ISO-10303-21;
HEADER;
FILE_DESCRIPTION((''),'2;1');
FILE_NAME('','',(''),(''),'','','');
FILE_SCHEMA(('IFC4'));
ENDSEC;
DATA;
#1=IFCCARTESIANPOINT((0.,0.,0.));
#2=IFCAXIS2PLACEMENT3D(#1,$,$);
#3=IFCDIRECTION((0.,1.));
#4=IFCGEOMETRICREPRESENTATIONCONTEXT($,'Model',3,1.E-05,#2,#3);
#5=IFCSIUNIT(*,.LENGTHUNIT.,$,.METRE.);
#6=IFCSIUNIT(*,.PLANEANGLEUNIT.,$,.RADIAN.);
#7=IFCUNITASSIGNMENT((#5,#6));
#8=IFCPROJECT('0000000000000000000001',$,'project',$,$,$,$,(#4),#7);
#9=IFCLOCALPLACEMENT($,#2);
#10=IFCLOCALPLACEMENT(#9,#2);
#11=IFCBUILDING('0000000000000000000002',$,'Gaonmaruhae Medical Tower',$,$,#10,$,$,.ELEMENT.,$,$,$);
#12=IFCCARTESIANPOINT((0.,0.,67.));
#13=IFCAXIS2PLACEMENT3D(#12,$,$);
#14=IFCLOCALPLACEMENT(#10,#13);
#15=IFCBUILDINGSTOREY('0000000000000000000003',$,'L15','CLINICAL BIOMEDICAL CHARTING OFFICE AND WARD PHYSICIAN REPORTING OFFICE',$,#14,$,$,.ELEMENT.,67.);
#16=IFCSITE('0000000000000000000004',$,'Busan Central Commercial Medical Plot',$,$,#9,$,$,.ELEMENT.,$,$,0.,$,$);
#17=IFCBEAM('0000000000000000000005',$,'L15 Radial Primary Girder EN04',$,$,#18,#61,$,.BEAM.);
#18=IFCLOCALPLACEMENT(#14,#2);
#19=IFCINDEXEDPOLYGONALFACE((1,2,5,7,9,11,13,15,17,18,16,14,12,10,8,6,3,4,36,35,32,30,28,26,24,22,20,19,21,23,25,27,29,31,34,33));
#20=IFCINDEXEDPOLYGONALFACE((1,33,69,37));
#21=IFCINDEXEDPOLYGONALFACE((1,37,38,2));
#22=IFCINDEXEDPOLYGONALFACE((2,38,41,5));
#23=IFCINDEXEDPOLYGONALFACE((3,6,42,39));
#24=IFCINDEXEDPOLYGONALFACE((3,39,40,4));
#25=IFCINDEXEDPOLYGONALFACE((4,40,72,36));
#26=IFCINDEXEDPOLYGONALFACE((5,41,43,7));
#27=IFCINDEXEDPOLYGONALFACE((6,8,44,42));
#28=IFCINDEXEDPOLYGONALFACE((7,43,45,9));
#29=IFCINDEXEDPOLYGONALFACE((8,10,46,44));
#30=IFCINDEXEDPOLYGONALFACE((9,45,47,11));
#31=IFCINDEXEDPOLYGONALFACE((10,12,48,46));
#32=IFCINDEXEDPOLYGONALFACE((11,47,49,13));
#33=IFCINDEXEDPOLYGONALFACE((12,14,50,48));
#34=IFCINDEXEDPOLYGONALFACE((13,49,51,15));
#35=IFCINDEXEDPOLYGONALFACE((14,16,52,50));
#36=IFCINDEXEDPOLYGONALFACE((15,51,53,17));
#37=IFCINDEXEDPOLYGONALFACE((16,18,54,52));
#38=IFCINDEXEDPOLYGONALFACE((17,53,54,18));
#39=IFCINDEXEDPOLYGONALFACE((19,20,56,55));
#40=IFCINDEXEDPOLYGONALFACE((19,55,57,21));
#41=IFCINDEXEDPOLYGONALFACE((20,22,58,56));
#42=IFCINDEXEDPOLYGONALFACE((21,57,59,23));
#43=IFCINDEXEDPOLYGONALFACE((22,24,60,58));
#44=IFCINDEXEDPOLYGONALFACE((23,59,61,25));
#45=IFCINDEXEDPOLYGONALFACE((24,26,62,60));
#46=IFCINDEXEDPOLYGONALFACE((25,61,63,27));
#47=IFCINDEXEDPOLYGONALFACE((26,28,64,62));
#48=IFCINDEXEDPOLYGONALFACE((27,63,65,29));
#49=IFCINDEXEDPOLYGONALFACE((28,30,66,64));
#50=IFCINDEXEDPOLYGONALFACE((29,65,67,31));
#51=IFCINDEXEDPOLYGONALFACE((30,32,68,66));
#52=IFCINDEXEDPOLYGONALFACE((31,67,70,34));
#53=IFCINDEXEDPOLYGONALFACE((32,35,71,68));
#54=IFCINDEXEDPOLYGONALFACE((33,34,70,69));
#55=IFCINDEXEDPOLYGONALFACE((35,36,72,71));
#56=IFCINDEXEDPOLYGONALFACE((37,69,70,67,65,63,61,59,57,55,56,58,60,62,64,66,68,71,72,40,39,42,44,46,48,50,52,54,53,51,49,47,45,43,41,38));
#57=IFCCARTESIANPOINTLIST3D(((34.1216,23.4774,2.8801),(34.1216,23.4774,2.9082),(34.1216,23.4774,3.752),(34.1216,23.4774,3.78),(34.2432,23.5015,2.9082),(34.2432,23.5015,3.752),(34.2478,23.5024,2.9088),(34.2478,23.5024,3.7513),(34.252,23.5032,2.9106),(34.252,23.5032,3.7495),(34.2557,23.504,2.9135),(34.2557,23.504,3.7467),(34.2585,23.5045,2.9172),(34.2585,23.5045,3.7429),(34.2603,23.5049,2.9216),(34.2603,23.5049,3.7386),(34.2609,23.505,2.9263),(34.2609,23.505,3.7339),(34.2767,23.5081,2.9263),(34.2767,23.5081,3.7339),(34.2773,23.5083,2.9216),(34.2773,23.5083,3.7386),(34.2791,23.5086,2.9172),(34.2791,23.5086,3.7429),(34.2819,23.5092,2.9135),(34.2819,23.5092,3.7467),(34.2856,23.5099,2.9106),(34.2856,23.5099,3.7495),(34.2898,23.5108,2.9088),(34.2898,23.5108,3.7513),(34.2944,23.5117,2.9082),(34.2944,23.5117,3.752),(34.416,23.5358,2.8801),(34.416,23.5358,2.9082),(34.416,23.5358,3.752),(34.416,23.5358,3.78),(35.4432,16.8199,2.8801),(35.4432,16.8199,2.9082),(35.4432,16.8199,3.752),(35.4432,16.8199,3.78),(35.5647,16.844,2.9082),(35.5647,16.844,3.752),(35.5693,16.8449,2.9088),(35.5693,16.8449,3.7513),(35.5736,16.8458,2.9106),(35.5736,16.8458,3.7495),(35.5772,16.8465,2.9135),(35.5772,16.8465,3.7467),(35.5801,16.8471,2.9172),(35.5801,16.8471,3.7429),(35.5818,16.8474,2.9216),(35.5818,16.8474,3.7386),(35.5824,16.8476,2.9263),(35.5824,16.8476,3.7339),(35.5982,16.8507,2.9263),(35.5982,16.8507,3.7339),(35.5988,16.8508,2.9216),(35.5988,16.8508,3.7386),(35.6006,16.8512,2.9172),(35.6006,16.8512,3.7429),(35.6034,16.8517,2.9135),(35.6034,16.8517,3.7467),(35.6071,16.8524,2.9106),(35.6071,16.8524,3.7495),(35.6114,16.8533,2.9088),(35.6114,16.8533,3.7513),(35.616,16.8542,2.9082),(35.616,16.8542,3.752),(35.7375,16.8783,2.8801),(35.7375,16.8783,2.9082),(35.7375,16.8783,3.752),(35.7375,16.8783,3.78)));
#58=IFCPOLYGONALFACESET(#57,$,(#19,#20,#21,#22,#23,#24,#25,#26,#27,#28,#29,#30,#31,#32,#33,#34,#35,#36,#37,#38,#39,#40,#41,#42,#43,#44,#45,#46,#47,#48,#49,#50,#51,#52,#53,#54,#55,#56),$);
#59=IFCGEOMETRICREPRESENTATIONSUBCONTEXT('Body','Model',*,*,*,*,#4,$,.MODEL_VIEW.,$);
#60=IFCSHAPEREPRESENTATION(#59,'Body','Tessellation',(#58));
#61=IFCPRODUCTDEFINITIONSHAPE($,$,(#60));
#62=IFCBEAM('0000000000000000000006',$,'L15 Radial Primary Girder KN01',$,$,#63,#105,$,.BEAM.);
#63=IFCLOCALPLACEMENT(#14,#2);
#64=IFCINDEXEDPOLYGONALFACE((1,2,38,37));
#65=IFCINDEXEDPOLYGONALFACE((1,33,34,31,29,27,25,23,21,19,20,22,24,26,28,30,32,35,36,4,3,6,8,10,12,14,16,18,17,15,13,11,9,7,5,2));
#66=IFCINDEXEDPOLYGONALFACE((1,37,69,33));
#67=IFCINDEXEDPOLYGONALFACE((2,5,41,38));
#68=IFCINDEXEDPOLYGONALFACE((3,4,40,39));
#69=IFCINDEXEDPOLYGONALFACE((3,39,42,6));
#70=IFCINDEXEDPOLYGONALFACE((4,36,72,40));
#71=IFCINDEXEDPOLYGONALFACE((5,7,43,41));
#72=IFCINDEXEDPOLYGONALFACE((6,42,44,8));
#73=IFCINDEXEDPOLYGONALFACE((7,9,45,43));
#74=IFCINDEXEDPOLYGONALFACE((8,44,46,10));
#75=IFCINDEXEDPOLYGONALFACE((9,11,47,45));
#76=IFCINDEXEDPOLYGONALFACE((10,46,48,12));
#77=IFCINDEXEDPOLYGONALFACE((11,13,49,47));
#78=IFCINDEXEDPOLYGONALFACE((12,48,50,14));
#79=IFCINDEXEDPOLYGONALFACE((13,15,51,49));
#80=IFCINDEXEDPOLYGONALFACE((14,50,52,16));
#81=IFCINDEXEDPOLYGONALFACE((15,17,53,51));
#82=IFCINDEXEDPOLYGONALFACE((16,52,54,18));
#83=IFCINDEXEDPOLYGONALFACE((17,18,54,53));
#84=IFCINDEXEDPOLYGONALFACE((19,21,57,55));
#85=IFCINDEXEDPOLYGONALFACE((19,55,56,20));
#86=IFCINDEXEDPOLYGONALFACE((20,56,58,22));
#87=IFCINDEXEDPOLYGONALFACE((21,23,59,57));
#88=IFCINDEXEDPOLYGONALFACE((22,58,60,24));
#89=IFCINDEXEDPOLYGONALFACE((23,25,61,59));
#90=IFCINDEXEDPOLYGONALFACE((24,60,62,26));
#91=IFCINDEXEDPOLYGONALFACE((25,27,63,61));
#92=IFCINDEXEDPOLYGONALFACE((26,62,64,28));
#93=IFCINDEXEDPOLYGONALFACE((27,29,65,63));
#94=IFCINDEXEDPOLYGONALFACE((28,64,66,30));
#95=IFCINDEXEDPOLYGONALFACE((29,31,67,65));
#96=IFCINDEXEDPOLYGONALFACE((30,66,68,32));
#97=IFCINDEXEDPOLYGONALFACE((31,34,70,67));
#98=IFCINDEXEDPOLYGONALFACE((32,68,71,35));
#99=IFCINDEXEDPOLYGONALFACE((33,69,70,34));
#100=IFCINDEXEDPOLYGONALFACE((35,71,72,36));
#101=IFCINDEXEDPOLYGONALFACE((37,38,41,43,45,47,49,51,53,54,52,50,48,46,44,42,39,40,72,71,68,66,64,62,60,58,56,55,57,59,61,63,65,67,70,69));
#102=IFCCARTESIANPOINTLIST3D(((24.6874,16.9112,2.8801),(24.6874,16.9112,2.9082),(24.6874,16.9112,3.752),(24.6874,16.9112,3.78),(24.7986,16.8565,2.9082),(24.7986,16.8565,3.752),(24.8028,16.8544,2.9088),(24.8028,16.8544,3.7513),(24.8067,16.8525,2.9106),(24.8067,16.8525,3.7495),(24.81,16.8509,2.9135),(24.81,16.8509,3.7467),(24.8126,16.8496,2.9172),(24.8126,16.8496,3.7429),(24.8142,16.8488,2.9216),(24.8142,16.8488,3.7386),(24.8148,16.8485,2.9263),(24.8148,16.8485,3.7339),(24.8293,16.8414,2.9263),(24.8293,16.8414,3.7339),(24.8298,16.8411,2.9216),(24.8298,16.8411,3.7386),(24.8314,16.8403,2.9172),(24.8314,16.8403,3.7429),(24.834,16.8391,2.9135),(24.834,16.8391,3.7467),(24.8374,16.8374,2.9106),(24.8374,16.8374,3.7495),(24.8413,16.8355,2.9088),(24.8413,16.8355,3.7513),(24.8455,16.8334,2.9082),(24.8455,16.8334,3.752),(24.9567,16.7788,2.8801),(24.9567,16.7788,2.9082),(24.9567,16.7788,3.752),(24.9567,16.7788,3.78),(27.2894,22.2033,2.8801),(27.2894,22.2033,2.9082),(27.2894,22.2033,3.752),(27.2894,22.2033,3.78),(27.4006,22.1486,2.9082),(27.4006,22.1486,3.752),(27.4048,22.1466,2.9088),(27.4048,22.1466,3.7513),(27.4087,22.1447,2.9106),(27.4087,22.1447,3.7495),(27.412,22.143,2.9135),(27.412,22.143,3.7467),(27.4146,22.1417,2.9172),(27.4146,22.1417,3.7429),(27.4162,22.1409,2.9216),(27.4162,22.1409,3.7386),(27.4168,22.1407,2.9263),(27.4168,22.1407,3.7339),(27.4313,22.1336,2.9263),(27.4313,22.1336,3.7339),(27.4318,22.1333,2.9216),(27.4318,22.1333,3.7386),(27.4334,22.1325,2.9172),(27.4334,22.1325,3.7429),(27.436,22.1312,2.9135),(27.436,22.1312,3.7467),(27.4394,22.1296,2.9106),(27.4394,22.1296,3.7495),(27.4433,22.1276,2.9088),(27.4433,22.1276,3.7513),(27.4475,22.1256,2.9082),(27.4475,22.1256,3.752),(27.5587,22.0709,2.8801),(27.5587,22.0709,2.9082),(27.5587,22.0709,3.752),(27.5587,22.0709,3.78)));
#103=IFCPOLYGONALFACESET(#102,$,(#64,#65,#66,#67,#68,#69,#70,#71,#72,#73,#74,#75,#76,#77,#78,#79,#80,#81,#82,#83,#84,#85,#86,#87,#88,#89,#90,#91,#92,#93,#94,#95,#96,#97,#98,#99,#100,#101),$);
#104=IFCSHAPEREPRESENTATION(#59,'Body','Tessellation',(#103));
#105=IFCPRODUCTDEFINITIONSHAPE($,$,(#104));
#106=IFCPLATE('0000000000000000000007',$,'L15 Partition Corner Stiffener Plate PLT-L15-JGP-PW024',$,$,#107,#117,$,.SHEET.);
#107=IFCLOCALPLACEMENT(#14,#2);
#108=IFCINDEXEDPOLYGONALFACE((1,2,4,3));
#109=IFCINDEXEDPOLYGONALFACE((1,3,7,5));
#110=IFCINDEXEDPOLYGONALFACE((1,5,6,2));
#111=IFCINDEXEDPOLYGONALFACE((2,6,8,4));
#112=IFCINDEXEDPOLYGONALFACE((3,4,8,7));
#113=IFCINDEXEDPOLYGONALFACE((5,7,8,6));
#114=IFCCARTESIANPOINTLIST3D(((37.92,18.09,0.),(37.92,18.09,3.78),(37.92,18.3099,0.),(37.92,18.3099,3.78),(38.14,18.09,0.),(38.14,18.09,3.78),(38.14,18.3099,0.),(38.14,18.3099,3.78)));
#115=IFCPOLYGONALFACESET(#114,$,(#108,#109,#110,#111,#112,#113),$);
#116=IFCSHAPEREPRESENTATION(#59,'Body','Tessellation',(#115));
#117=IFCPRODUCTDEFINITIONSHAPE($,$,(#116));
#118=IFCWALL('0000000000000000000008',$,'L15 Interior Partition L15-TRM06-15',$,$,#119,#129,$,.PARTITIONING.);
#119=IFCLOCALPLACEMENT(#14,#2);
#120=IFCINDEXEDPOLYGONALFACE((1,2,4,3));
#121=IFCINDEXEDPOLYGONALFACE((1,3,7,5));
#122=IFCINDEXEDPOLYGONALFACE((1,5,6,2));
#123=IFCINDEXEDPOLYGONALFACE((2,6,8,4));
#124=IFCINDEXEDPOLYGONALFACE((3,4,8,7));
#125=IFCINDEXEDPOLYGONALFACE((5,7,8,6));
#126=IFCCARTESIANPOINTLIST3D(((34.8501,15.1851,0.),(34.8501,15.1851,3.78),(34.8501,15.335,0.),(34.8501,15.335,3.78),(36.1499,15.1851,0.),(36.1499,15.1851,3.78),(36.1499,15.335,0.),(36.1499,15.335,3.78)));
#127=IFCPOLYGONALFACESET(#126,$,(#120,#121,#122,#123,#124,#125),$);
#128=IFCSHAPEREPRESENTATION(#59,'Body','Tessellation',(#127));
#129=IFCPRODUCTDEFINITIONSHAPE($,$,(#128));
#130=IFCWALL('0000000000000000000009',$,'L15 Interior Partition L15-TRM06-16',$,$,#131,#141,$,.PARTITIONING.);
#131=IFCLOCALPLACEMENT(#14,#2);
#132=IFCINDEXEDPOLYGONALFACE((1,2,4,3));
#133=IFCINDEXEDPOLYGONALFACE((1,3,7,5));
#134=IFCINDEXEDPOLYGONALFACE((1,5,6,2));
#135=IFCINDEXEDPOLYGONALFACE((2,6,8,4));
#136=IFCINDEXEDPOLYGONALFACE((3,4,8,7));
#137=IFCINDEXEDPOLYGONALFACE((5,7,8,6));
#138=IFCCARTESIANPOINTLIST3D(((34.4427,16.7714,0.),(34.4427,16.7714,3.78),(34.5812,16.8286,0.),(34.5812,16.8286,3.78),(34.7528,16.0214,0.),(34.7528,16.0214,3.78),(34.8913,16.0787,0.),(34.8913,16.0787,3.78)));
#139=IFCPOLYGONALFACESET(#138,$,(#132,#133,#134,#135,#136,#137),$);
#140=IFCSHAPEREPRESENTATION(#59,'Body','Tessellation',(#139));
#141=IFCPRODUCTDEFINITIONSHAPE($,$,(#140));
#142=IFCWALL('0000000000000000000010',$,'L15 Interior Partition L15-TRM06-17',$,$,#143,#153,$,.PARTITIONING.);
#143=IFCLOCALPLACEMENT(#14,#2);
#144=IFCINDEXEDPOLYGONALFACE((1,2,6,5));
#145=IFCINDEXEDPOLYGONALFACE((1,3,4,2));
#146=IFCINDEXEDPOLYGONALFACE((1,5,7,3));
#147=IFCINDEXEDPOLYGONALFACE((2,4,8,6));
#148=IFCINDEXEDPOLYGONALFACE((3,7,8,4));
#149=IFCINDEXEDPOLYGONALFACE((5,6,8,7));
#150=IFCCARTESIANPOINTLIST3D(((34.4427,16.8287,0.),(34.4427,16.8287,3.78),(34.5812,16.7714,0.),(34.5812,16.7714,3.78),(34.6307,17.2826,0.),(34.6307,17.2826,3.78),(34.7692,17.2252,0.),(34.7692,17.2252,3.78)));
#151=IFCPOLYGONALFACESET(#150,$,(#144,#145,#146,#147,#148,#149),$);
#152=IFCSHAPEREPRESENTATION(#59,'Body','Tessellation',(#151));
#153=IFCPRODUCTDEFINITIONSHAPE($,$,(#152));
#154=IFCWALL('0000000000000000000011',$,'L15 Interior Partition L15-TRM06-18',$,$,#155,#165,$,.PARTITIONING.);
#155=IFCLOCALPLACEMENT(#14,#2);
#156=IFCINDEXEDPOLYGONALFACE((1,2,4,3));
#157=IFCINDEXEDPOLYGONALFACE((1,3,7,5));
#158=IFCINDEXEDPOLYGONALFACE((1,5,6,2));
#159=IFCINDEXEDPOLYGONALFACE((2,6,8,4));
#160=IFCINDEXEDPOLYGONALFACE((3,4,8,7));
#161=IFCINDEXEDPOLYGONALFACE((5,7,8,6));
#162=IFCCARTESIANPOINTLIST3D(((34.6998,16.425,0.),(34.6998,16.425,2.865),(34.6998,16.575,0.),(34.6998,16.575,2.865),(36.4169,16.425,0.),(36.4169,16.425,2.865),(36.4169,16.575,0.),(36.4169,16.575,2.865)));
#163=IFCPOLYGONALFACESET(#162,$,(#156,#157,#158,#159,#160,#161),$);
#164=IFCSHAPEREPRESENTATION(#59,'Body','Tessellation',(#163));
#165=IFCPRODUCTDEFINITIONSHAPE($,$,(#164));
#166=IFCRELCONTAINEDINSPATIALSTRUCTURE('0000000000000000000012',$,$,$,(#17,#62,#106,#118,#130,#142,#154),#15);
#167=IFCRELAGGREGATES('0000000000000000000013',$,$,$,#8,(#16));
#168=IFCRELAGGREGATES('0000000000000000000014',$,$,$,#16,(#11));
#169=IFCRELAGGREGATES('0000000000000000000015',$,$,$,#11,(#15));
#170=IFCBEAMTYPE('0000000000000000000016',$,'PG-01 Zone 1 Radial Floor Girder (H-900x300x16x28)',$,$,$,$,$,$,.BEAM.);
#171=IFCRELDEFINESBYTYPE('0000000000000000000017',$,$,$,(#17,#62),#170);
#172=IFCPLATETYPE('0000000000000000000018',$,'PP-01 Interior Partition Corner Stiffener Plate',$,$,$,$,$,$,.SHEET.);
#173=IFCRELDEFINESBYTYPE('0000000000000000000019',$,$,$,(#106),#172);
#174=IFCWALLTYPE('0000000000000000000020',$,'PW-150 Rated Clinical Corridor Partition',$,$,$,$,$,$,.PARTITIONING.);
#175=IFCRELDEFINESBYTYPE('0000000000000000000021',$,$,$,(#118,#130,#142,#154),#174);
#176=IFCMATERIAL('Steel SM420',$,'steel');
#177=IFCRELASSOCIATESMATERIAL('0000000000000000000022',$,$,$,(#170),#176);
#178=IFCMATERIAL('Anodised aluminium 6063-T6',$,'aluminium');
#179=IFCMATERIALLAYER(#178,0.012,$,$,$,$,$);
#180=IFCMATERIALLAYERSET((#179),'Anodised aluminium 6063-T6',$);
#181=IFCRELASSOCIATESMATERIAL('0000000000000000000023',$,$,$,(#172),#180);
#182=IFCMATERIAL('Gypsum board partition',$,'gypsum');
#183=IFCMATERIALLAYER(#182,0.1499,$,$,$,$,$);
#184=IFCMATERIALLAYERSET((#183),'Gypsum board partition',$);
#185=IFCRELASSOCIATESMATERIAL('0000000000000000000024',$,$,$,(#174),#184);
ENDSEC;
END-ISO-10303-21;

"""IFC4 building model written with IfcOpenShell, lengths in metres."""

from ifc_helpers import new_model, si_unit, direction, frame, frame_2d, origin, origin_2d, place, context, subcontext, project, spatial, rectangle, i_section, extrude, material, layer, layer_set, material_profile, profile_set, type_object, element, save


model = new_model("IFC4")

# Units and contexts
model_context = context("Model", 3, precision=1e-05, world=origin(), true_north=direction((0.0, 1.0)))
body_context = subcontext(model_context, "Body", "Model", "MODEL_VIEW")
ifc_project = project(units=[si_unit("LENGTHUNIT", "METRE"), si_unit("PLANEANGLEUNIT", "RADIAN")], contexts=[model_context])

# Site, building, storey
site_placement = place(None, origin())
site = spatial("IfcSite", under=ifc_project, at=site_placement, Name="Busan Central Commercial Medical Plot", CompositionType="ELEMENT", RefElevation=0.0)
building_placement = place(site_placement, origin())
building = spatial("IfcBuilding", under=site, at=building_placement, Name="Gaonmaruhae Medical Tower", CompositionType="ELEMENT")
storey_placement = place(building_placement, frame((0.0, 0.0, 67.0)))
storey = spatial("IfcBuildingStorey", under=building, at=storey_placement, Name="L15", Description="CLINICAL BIOMEDICAL CHARTING OFFICE AND WARD PHYSICIAN REPORTING OFFICE", CompositionType="ELEMENT", Elevation=67.0)

# Beams
ifc_material_1 = material(Name="Steel SM420", Category="steel")
ifc_material_profile_1 = material_profile(ifc_material_1, i_section(OverallWidth=0.3, OverallDepth=0.8999, WebThickness=0.0161, FlangeThickness=0.0281, FilletRadius=0.0181, at=origin_2d()), Name="H-900x300x16x28")
ifc_profile_set_1 = profile_set([ifc_material_profile_1], Name="Steel SM420")
beam_type_1 = type_object("IfcBeamType", Name="PG-01 Zone 1 Radial Floor Girder (H-900x300x16x28)", PredefinedType="BEAM", material=ifc_profile_set_1)
beam_1_placement = place(storey_placement, frame((35.5903, 16.8491, 3.3301), z_axis=(-0.194705, 0.980862, 0.0), x_axis=(-0.980862, -0.194705, 0.0)))
element("IfcBeam", 1, at=beam_1_placement, inside=storey, type_object=beam_type_1, Name="L15 Radial Primary Girder EN04", PredefinedType="BEAM", context=body_context, shape_type="SweptSolid", body=[
    extrude(i_section(OverallWidth=0.3, OverallDepth=0.8999, WebThickness=0.0161, FlangeThickness=0.0281, FilletRadius=0.0181, at=origin_2d()), origin(), (0.0, 0.0, 1.0), 6.7874),
])
beam_2_placement = place(storey_placement, frame((24.822, 16.845, 3.3301), z_axis=(0.441226, 0.897396, 0.0), x_axis=(-0.897396, 0.441226, 0.0)))
element("IfcBeam", 2, at=beam_2_placement, inside=storey, type_object=beam_type_1, Name="L15 Radial Primary Girder KN01", PredefinedType="BEAM", context=body_context, shape_type="SweptSolid", body=[
    extrude(i_section(OverallWidth=0.3, OverallDepth=0.8999, WebThickness=0.0161, FlangeThickness=0.0281, FilletRadius=0.0181, at=origin_2d()), origin(), (0.0, 0.0, 1.0), 5.8972),
])

# Plate
ifc_material_2 = material(Name="Anodised aluminium 6063-T6", Category="aluminium")
ifc_layer_1 = layer(ifc_material_2, 0.012)
ifc_layer_set_1 = layer_set([ifc_layer_1], Name="Anodised aluminium 6063-T6")
plate_type = type_object("IfcPlateType", Name="PP-01 Interior Partition Corner Stiffener Plate", PredefinedType="SHEET", material=ifc_layer_set_1)
plate_placement = place(storey_placement, frame((38.03, 18.2, 0.0), z_axis=(0.0, 0.0, 1.0), x_axis=(0.0, 1.0, 0.0)))
element("IfcPlate", 3, at=plate_placement, inside=storey, type_object=plate_type, Name="L15 Partition Corner Stiffener Plate PLT-L15-JGP-PW024", PredefinedType="SHEET", context=body_context, shape_type="SweptSolid", body=[
    extrude(rectangle(XDim=0.22, YDim=0.22, at=origin_2d()), origin(), (0.0, 0.0, 1.0), 3.78),
])

# Walls
ifc_material_3 = material(Name="Gypsum board partition", Category="gypsum")
ifc_layer_2 = layer(ifc_material_3, 0.1499)
ifc_layer_set_2 = layer_set([ifc_layer_2], Name="Gypsum board partition")
wall_type_1 = type_object("IfcWallType", Name="PW-150 Rated Clinical Corridor Partition", PredefinedType="PARTITIONING", material=ifc_layer_set_2)
wall_1_placement = place(storey_placement, frame((36.1499, 15.26, 0.0), z_axis=(0.0, 0.0, 1.0), x_axis=(-1.0, 0.0, 0.0)))
element("IfcWall", 4, at=wall_1_placement, inside=storey, type_object=wall_type_1, Name="L15 Interior Partition L15-TRM06-15", PredefinedType="PARTITIONING", context=body_context, shape_type="SweptSolid", body=[
    extrude(rectangle(XDim=1.2998, YDim=0.1499, at=frame_2d((0.6499, 0.0))), origin(), (0.0, 0.0, 1.0), 3.78),
])
wall_2_placement = place(storey_placement, frame((34.822, 16.05, 0.0), z_axis=(0.0, 0.0, 1.0), x_axis=(-0.382051, 0.924141, 0.0)))
element("IfcWall", 5, at=wall_2_placement, inside=storey, type_object=wall_type_1, Name="L15 Interior Partition L15-TRM06-16", PredefinedType="PARTITIONING", context=body_context, shape_type="SweptSolid", body=[
    extrude(rectangle(XDim=0.8115, YDim=0.1499, at=frame_2d((0.4058, 0.0))), origin(), (0.0, 0.0, 1.0), 3.78),
])
wall_3_placement = place(storey_placement, frame((34.512, 16.8, 0.0), z_axis=(0.0, 0.0, 1.0), x_axis=(0.382674, 0.923884, 0.0)))
element("IfcWall", 6, at=wall_3_placement, inside=storey, type_object=wall_type_1, Name="L15 Interior Partition L15-TRM06-17", PredefinedType="PARTITIONING", context=body_context, shape_type="SweptSolid", body=[
    extrude(rectangle(XDim=0.4912, YDim=0.1499, at=frame_2d((0.2456, 0.0))), origin(), (0.0, 0.0, 1.0), 3.78),
])
wall_4_placement = place(storey_placement, frame((34.7, 16.5, 0.0), z_axis=(0.0, 0.0, 1.0), x_axis=(1.0, 0.0, 0.0)))
element("IfcWall", 7, at=wall_4_placement, inside=storey, type_object=wall_type_1, Name="L15 Interior Partition L15-TRM06-18", PredefinedType="PARTITIONING", context=body_context, shape_type="SweptSolid", body=[
    extrude(rectangle(XDim=1.717, YDim=0.1499, at=frame_2d((0.8584, 0.0))), origin(), (0.0, 0.0, 1.0), 2.865),
])

save(model, "model.ifc")
